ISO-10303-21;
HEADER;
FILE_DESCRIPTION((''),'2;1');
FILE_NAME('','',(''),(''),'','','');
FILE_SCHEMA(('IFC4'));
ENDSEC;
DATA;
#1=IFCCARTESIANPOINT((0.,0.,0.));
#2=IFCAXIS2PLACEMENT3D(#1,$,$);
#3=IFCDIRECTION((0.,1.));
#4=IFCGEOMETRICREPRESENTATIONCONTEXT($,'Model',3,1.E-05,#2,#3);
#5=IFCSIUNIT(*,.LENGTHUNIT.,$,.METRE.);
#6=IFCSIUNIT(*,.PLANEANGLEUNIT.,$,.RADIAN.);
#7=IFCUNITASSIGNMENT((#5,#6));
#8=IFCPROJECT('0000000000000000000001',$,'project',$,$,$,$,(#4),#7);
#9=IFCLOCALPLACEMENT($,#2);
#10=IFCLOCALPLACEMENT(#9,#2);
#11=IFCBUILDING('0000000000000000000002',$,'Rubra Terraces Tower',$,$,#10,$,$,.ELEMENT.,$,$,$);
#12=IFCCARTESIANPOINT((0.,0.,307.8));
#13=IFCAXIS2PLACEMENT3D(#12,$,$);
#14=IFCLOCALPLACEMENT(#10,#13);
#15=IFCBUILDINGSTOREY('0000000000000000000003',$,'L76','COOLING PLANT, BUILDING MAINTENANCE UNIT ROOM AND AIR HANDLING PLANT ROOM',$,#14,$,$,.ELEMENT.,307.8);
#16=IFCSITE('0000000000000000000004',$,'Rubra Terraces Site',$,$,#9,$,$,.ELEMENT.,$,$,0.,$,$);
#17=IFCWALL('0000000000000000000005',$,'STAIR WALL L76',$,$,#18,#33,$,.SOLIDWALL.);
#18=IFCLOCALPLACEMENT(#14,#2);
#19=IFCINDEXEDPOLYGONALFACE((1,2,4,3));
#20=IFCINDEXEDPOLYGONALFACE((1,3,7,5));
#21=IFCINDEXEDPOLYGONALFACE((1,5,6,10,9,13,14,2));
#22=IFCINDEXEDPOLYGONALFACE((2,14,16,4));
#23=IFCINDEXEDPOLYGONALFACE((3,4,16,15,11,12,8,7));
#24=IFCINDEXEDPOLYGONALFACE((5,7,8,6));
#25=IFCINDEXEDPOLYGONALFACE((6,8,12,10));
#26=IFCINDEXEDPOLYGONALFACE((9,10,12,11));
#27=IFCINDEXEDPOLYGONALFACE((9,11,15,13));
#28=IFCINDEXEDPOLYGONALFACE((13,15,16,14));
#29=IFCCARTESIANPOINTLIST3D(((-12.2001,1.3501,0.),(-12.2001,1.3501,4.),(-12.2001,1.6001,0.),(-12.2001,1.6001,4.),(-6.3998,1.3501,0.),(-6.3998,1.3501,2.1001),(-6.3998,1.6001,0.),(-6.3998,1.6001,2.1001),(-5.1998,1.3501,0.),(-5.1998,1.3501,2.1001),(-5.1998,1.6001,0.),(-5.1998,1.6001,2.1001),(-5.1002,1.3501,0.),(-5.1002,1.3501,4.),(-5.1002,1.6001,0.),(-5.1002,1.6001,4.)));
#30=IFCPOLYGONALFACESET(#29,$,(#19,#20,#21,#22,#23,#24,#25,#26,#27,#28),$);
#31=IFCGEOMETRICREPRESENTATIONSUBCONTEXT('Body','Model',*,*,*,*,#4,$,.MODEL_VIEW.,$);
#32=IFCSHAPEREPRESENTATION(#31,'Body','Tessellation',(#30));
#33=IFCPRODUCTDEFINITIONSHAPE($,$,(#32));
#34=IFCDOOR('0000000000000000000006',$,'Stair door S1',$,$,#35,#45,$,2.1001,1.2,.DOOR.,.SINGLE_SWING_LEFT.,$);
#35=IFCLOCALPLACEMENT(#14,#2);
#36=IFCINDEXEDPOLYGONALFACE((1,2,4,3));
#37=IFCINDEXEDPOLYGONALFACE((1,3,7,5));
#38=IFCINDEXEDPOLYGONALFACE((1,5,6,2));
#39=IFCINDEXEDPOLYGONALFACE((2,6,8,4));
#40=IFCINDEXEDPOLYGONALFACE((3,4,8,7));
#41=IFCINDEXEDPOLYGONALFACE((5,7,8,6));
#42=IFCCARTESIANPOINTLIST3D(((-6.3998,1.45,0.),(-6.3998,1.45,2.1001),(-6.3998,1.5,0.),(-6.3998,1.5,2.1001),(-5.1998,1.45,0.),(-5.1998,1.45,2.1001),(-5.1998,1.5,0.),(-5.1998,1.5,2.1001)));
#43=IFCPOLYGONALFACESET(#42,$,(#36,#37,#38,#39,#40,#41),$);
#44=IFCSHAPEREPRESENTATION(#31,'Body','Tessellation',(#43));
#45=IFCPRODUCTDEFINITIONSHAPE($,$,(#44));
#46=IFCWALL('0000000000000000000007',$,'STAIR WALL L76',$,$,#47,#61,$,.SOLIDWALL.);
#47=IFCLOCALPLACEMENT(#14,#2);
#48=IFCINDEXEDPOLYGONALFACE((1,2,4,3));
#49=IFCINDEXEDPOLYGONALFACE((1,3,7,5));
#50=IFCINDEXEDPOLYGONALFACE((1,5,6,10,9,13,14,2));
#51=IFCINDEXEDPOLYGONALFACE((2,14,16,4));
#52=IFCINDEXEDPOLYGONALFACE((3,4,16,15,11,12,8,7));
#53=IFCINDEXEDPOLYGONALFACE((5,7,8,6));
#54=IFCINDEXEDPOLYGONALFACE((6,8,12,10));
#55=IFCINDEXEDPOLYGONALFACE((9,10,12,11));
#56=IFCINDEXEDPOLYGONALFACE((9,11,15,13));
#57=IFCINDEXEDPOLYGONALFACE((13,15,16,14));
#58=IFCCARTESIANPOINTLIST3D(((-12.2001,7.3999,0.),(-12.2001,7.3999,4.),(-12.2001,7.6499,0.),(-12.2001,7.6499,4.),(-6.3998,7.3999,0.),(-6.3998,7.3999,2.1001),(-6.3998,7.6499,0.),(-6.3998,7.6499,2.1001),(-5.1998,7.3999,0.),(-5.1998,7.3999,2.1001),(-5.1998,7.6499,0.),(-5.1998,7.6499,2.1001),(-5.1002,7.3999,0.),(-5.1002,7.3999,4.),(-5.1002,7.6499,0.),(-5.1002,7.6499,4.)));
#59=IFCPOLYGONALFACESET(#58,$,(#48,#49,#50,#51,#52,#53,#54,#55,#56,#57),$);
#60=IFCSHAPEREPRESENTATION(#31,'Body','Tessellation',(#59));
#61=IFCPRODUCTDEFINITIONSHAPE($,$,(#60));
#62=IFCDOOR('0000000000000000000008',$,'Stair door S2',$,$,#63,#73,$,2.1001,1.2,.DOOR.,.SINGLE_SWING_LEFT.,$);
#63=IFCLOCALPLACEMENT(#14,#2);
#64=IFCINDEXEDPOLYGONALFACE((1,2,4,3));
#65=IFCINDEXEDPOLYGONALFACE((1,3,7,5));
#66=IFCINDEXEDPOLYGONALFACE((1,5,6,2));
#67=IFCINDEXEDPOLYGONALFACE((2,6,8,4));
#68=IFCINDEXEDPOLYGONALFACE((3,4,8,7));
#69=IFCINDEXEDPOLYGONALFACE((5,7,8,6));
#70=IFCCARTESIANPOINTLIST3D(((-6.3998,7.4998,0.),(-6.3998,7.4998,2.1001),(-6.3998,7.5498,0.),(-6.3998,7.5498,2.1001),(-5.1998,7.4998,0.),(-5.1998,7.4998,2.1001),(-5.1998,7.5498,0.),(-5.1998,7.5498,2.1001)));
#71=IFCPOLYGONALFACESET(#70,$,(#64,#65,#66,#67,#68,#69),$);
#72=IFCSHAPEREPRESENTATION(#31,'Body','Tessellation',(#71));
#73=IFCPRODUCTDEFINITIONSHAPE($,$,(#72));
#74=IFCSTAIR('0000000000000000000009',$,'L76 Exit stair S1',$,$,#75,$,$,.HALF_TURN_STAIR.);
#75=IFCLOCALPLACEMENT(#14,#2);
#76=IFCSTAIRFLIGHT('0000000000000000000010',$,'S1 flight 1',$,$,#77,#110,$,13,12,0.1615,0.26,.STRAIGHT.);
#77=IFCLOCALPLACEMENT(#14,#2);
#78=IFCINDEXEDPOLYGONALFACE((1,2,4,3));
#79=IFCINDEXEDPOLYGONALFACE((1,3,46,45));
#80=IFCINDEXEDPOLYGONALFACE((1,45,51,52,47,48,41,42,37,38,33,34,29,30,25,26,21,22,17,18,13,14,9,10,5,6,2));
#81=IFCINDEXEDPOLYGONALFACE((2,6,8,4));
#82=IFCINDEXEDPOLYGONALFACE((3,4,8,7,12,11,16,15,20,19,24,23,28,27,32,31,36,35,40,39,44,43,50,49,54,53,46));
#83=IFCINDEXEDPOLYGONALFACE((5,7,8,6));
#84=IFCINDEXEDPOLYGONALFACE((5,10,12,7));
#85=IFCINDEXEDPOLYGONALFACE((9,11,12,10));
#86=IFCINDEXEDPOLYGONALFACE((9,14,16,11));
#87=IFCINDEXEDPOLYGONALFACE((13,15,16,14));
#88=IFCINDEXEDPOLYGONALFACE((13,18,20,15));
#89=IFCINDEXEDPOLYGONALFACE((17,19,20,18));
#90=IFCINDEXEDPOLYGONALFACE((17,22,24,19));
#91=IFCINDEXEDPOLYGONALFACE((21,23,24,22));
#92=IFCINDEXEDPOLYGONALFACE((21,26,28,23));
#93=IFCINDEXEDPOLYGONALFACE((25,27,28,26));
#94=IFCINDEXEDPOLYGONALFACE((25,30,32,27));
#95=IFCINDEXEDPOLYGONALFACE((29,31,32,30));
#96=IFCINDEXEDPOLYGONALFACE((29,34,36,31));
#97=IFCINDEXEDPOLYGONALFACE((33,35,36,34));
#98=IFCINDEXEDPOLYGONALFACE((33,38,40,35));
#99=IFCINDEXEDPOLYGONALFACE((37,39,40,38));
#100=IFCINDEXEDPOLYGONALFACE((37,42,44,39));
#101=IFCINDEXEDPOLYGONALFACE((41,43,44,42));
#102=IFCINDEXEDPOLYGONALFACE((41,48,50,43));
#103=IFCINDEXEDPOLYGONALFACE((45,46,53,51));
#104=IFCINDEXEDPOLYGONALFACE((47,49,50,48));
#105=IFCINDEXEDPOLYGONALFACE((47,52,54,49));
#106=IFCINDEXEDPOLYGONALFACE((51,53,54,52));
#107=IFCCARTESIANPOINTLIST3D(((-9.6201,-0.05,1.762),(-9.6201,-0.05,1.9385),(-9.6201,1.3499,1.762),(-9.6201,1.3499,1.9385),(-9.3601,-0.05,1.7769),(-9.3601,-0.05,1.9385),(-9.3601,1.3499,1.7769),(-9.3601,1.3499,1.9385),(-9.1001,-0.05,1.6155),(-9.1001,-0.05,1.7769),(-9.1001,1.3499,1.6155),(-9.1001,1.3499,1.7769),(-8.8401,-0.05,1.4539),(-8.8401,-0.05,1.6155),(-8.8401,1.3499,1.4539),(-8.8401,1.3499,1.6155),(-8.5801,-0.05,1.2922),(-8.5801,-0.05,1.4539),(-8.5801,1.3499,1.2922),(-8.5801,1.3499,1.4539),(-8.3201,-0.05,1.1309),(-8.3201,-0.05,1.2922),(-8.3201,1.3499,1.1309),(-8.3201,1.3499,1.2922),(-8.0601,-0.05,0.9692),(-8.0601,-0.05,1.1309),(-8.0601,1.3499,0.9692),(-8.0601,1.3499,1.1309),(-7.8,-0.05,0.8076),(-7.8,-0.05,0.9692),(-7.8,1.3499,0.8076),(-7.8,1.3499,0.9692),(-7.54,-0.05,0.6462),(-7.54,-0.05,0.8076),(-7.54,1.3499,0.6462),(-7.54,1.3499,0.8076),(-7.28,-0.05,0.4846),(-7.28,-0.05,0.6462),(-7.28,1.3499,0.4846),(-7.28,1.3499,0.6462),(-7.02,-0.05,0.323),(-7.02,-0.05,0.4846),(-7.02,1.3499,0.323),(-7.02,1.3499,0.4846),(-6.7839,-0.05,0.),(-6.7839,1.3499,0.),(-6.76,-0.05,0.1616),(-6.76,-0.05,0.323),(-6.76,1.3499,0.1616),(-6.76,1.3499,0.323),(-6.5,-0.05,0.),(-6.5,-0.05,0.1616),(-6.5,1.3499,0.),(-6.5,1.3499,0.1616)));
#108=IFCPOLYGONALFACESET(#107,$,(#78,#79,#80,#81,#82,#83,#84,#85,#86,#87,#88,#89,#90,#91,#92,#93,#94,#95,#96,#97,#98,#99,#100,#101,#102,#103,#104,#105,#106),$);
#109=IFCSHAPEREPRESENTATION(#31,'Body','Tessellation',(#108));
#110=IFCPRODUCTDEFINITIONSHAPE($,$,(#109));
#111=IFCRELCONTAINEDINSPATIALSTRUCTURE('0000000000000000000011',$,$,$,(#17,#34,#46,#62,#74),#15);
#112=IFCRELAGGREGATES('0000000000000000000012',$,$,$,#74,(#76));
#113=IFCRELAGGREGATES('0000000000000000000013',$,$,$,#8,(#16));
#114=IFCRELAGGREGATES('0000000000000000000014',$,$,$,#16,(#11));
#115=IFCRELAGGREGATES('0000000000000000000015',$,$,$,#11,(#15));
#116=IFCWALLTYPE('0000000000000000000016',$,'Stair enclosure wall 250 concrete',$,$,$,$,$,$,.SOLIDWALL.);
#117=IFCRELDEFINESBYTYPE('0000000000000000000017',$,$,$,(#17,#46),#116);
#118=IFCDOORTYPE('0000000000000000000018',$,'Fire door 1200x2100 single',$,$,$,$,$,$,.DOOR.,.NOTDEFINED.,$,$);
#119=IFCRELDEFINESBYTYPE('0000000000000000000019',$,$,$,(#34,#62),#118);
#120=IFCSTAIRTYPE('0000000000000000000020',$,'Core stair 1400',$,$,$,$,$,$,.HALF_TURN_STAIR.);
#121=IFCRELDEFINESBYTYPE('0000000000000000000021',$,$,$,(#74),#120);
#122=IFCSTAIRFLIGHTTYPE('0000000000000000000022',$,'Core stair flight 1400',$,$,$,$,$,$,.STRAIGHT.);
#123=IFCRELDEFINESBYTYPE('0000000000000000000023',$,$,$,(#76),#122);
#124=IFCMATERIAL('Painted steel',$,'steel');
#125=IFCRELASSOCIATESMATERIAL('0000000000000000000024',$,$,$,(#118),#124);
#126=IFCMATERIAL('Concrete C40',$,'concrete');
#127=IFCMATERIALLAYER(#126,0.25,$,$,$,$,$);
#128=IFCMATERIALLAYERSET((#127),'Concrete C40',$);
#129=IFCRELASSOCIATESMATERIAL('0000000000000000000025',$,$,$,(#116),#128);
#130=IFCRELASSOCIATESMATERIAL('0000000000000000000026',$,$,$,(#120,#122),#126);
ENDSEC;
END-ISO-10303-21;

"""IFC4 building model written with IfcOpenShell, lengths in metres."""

from ifc_helpers import new_model, si_unit, direction, frame, frame_2d, origin, place, context, subcontext, project, spatial, polyline, rectangle, outline, extrude, material, layer, layer_set, type_object, element, fill, aggregate, save


model = new_model("IFC4")

# Units and contexts
model_context = context("Model", 3, precision=1e-05, world=origin(), true_north=direction((0.0, 1.0)))
body_context = subcontext(model_context, "Body", "Model", "MODEL_VIEW")
ifc_project = project(units=[si_unit("LENGTHUNIT", "METRE"), si_unit("PLANEANGLEUNIT", "RADIAN")], contexts=[model_context])

# Site, building, storey
site_placement = place(None, origin())
site = spatial("IfcSite", under=ifc_project, at=site_placement, Name="Rubra Terraces Site", CompositionType="ELEMENT", RefElevation=0.0)
building_placement = place(site_placement, origin())
building = spatial("IfcBuilding", under=site, at=building_placement, Name="Rubra Terraces Tower", CompositionType="ELEMENT")
storey_placement = place(building_placement, frame((0.0, 0.0, 307.8)))
storey = spatial("IfcBuildingStorey", under=building, at=storey_placement, Name="L76", Description="COOLING PLANT, BUILDING MAINTENANCE UNIT ROOM AND AIR HANDLING PLANT ROOM", CompositionType="ELEMENT", Elevation=307.8)

# Shared definitions
ifc_material_1 = material(Name="Concrete C40", Category="concrete")

# Shared definitions
ifc_material_2 = material(Name="Painted steel", Category="steel")
door_type_1 = type_object("IfcDoorType", Name="Fire door 1200x2100 single", OperationType="NOTDEFINED", PredefinedType="DOOR", material=ifc_material_2)

# Walls, openings, doors
ifc_layer_1 = layer(ifc_material_1, 0.25)
ifc_layer_set_1 = layer_set([ifc_layer_1], Name="Concrete C40")
wall_type_1 = type_object("IfcWallType", Name="Stair enclosure wall 250 concrete", PredefinedType="SOLIDWALL", material=ifc_layer_set_1)
wall_1_placement = place(storey_placement, frame((-12.2, 1.4751, 0.0), z_axis=(0.0, 0.0, 1.0), x_axis=(1.0, 0.0, 0.0)))
wall_1 = element("IfcWall", 1, at=wall_1_placement, inside=storey, type_object=wall_type_1, Name="STAIR WALL L76", PredefinedType="SOLIDWALL", context=body_context, shape_type="SweptSolid", body=[
    extrude(rectangle(XDim=7.0999, YDim=0.25, at=frame_2d((3.5498, 0.0))), origin(), (0.0, 0.0, 1.0), 4.0),
])
opening_1_placement = place(wall_1_placement, frame((5.8, 0.0, 0.0)))
opening_1 = element("IfcOpeningElement", 2, at=opening_1_placement, cuts=wall_1, PredefinedType="OPENING", context=body_context, shape_type="SweptSolid", body=[
    extrude(rectangle(XDim=1.2, YDim=2.1001, at=frame_2d((0.6001, 1.05))), frame((0.0, 0.135, 0.0), z_axis=(0.0, -1.0, 0.0), x_axis=(1.0, 0.0, 0.0)), (0.0, 0.0, 1.0), 0.27),
])
door_1_placement = place(opening_1_placement, origin())
door_1 = element("IfcDoor", 3, at=door_1_placement, inside=storey, type_object=door_type_1, Name="Stair door S1", OperationType="SINGLE_SWING_LEFT", OverallHeight=2.1001, OverallWidth=1.2, PredefinedType="DOOR", context=body_context, shape_type="SweptSolid", body=[
    extrude(rectangle(XDim=1.2, YDim=2.1001, at=frame_2d((0.6001, 1.05))), frame((0.0, 0.0249, 0.0), z_axis=(0.0, -1.0, 0.0), x_axis=(1.0, 0.0, 0.0)), (0.0, 0.0, 1.0), 0.05),
])
fill(opening_1, door_1)
wall_2_placement = place(storey_placement, frame((-12.2, 7.5249, 0.0), z_axis=(0.0, 0.0, 1.0), x_axis=(1.0, 0.0, 0.0)))
wall_2 = element("IfcWall", 4, at=wall_2_placement, inside=storey, type_object=wall_type_1, Name="STAIR WALL L76", PredefinedType="SOLIDWALL", context=body_context, shape_type="SweptSolid", body=[
    extrude(rectangle(XDim=7.0999, YDim=0.25, at=frame_2d((3.5498, 0.0))), origin(), (0.0, 0.0, 1.0), 4.0),
])
opening_2_placement = place(wall_2_placement, frame((5.8, 0.0, 0.0)))
opening_2 = element("IfcOpeningElement", 5, at=opening_2_placement, cuts=wall_2, PredefinedType="OPENING", context=body_context, shape_type="SweptSolid", body=[
    extrude(rectangle(XDim=1.2, YDim=2.1001, at=frame_2d((0.6001, 1.05))), frame((0.0, 0.135, 0.0), z_axis=(0.0, -1.0, 0.0), x_axis=(1.0, 0.0, 0.0)), (0.0, 0.0, 1.0), 0.27),
])
door_2_placement = place(opening_2_placement, origin())
door_2 = element("IfcDoor", 6, at=door_2_placement, inside=storey, type_object=door_type_1, Name="Stair door S2", OperationType="SINGLE_SWING_LEFT", OverallHeight=2.1001, OverallWidth=1.2, PredefinedType="DOOR", context=body_context, shape_type="SweptSolid", body=[
    extrude(rectangle(XDim=1.2, YDim=2.1001, at=frame_2d((0.6001, 1.05))), frame((0.0, 0.0249, 0.0), z_axis=(0.0, -1.0, 0.0), x_axis=(1.0, 0.0, 0.0)), (0.0, 0.0, 1.0), 0.05),
])
fill(opening_2, door_2)

# Stair, stair flight
stair_type = type_object("IfcStairType", Name="Core stair 1400", PredefinedType="HALF_TURN_STAIR", material=ifc_material_1)
stair_placement = place(storey_placement, origin())
stair = element("IfcStair", 7, at=stair_placement, inside=storey, type_object=stair_type, Name="L76 Exit stair S1", PredefinedType="HALF_TURN_STAIR")
stair_flight_type = type_object("IfcStairFlightType", Name="Core stair flight 1400", PredefinedType="STRAIGHT", material=ifc_material_1)
stair_flight_placement = place(storey_placement, frame((-6.5, 0.6499, 0.0), z_axis=(0.0, 0.0, 1.0), x_axis=(-1.0, 0.0, 0.0)))
stair_flight = element("IfcStairFlight", 8, at=stair_flight_placement, type_object=stair_flight_type, Name="S1 flight 1", NumberOfRisers=13, NumberOfTreads=12, PredefinedType="STRAIGHT", RiserHeight=0.1615, TreadLength=0.26, context=body_context, shape_type="SweptSolid", body=[
    extrude(outline(polyline([(0.0, 0.0), (0.0, 0.1616), (0.26, 0.1616), (0.26, 0.323), (0.52, 0.323), (0.52, 0.4846), (0.78, 0.4846), (0.78, 0.6462), (1.04, 0.6462), (1.04, 0.8076), (1.3, 0.8076), (1.3, 0.9692), (1.5601, 0.9692), (1.5601, 1.1309), (1.8201, 1.1309), (1.8201, 1.2922), (2.0801, 1.2922), (2.0801, 1.4539), (2.3401, 1.4539), (2.3401, 1.6155), (2.6001, 1.6155), (2.6001, 1.7769), (2.8601, 1.7769), (2.8601, 1.9385), (3.1201, 1.9385), (3.1201, 2.1001), (3.1201, 1.762), (0.2839, 0.0), (0.0, 0.0)])), frame((0.0, 0.7, 0.0), z_axis=(0.0, -1.0, 0.0), x_axis=(1.0, 0.0, 0.0)), (0.0, 0.0, 1.0), 1.3999),
])
aggregate(stair, [stair_flight])

save(model, "model.ifc")
